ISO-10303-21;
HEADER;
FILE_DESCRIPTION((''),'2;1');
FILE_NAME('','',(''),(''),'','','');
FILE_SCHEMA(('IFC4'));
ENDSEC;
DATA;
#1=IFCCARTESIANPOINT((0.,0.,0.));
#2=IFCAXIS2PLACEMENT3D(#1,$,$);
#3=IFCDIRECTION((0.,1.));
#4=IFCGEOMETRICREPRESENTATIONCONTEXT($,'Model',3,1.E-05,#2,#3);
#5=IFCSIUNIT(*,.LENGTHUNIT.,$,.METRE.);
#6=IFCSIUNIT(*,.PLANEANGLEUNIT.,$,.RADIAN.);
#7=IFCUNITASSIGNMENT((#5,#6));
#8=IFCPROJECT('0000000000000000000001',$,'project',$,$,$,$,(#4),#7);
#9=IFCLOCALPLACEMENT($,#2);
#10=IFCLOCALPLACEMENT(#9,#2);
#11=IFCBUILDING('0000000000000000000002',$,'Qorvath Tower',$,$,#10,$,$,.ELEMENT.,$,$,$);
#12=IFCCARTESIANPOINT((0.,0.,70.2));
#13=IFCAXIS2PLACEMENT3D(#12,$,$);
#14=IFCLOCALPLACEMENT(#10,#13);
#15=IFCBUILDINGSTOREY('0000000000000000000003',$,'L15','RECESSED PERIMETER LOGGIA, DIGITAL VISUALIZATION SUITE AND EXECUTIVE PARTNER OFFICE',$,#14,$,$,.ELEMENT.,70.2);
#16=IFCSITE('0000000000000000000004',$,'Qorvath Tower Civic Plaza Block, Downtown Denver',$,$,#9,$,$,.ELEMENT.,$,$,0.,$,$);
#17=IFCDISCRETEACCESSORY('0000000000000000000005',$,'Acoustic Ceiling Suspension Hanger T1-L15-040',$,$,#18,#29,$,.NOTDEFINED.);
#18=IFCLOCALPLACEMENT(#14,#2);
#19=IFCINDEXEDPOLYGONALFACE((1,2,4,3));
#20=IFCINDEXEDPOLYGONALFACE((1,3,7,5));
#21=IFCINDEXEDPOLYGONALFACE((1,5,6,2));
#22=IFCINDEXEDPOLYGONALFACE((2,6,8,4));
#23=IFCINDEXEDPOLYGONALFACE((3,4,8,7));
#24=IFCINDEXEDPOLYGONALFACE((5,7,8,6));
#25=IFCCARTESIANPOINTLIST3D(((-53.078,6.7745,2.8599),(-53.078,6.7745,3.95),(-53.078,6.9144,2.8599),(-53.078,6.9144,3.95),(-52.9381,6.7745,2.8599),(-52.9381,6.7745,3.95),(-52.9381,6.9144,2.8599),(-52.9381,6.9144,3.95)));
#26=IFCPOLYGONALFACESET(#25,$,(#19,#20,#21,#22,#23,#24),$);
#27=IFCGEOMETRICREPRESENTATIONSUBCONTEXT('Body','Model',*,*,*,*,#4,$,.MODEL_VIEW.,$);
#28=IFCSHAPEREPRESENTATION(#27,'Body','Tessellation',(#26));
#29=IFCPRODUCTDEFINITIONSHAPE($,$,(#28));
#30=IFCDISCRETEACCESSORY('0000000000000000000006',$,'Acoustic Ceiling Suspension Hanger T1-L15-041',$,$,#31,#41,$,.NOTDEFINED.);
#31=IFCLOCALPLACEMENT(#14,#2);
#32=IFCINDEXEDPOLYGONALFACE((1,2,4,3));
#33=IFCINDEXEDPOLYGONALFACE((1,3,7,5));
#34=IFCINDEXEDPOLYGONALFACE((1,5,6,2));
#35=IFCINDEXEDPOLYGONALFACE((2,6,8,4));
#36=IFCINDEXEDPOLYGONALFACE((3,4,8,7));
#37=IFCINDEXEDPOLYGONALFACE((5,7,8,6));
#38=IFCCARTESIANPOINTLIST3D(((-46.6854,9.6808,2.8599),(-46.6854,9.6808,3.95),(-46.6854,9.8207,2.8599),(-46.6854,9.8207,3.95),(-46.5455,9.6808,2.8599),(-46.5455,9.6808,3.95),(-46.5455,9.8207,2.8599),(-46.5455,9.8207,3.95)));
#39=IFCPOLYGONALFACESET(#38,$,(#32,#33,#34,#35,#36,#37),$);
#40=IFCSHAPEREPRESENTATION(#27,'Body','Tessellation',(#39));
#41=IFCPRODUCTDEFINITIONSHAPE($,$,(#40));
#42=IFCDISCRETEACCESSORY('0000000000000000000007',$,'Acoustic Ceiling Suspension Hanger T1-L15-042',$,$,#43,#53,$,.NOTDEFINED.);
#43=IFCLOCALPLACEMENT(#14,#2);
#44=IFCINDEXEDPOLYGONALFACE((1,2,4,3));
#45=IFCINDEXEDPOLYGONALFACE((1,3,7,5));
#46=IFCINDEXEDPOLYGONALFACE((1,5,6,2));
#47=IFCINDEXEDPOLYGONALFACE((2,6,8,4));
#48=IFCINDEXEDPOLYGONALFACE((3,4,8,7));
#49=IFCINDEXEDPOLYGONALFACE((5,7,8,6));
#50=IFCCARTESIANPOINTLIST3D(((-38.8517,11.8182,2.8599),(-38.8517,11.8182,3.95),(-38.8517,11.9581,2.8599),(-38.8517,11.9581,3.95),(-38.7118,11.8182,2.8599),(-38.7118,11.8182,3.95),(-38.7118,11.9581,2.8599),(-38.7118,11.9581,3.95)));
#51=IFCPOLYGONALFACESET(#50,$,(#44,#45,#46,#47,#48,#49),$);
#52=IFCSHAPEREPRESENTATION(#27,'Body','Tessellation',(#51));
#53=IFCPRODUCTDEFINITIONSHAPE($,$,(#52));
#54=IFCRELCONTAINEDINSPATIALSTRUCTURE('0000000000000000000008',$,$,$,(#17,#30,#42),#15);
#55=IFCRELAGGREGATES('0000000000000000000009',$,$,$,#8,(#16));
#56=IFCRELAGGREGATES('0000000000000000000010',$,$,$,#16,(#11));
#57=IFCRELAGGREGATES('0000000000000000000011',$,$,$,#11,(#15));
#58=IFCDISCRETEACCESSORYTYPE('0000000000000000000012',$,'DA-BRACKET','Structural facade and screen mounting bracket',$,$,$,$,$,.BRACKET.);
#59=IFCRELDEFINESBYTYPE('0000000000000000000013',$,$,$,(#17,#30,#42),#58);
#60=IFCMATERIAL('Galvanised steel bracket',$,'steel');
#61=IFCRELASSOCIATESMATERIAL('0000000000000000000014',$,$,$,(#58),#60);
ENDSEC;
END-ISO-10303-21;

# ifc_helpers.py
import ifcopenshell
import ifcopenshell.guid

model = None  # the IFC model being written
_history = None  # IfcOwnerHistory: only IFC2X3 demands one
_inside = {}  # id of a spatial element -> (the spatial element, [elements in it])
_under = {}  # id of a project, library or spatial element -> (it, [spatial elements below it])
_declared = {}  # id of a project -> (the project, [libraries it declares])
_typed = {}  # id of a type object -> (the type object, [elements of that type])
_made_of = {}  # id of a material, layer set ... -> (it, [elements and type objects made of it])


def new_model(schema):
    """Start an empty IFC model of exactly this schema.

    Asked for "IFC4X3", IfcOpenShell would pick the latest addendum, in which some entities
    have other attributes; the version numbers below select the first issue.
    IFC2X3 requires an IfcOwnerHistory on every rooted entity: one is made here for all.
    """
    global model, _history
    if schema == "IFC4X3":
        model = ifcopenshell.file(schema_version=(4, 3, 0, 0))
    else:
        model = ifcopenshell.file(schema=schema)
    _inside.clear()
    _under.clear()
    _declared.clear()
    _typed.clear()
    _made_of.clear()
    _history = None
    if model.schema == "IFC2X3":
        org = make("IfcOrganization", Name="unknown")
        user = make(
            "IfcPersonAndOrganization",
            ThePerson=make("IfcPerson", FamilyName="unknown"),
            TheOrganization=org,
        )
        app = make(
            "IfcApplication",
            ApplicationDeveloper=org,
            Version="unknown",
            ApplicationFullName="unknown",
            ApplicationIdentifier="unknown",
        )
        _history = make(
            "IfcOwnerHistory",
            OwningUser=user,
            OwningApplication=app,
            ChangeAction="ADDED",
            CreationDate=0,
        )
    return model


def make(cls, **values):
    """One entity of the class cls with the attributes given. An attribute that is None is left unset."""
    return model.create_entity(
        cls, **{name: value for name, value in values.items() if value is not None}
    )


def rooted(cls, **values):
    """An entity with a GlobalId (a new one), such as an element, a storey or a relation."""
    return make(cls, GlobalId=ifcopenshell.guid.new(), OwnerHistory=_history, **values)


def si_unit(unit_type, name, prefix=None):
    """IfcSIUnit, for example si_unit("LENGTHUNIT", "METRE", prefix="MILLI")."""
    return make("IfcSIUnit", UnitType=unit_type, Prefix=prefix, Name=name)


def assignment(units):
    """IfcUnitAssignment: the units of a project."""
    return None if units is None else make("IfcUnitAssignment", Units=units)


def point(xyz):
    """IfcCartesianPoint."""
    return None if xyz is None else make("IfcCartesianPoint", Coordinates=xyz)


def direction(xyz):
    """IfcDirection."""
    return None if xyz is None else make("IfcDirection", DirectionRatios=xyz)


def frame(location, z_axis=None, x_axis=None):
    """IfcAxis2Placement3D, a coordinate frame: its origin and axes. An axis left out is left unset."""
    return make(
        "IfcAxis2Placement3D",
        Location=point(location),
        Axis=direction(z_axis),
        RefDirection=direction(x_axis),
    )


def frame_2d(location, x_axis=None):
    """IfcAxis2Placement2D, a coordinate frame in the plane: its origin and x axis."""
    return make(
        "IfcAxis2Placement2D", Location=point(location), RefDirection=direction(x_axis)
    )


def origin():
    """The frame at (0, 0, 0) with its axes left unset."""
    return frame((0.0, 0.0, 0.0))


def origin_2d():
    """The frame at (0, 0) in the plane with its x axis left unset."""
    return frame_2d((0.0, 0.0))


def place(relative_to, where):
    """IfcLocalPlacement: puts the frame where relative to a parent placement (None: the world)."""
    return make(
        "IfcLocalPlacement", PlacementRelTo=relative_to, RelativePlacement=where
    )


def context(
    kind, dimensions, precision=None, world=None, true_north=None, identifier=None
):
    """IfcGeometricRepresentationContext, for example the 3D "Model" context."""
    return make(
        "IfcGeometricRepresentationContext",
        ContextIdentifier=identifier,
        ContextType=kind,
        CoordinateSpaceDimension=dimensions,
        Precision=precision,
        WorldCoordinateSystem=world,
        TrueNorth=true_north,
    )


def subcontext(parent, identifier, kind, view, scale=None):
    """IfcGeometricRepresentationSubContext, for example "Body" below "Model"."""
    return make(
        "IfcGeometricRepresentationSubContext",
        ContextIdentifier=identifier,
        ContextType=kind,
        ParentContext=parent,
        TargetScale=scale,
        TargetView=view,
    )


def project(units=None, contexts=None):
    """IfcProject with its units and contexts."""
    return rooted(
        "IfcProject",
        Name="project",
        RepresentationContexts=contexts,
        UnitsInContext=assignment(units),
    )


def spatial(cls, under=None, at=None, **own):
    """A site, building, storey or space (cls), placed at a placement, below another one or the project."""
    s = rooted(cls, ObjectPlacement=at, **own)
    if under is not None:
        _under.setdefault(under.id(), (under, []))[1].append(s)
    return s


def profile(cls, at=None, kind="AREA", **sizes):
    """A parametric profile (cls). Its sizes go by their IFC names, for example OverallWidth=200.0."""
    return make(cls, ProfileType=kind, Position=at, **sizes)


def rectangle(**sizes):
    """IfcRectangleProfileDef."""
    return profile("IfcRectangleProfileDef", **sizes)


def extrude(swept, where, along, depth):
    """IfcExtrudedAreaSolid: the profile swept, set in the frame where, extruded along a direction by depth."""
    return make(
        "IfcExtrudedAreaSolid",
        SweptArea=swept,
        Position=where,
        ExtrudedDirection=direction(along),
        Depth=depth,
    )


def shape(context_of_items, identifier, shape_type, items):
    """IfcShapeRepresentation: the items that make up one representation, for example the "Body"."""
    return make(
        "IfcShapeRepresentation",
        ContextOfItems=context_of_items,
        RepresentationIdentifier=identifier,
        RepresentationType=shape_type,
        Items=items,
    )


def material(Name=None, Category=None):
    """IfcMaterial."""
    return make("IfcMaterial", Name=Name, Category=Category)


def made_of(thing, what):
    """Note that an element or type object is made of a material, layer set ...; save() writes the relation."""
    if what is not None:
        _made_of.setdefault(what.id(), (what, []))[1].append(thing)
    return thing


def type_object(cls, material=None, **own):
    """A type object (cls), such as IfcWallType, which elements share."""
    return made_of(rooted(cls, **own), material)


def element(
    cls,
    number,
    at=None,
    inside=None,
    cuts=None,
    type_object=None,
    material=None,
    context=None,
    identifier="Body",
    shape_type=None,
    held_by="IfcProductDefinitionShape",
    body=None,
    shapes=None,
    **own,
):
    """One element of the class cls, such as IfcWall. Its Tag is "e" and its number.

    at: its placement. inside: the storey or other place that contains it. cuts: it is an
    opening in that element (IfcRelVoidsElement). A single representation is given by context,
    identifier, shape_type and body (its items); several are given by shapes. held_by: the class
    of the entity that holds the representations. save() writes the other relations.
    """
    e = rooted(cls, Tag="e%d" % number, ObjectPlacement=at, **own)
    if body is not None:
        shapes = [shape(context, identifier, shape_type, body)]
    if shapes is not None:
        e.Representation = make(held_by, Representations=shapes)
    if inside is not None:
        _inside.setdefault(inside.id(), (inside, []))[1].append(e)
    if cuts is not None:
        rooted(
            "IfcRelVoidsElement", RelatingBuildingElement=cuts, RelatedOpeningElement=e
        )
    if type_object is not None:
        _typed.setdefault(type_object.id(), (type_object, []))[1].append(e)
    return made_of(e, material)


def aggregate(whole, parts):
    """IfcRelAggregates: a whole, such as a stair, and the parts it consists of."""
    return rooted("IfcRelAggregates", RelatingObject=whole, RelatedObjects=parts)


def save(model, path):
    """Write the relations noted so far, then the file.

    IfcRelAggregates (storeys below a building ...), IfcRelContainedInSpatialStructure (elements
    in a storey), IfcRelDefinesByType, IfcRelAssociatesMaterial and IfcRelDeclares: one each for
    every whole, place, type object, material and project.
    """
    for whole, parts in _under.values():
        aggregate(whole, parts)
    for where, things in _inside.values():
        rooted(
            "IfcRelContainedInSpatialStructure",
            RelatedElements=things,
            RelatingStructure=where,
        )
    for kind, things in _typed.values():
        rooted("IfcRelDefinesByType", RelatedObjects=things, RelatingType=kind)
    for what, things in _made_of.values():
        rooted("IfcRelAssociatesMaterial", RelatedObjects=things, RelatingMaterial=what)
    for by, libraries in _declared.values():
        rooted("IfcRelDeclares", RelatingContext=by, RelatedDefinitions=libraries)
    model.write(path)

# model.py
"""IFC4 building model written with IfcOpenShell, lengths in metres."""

from ifc_helpers import new_model, si_unit, direction, frame, origin, origin_2d, place, context, subcontext, project, spatial, rectangle, extrude, material, type_object, element, save


model = new_model("IFC4")

# Units and contexts
model_context = context("Model", 3, precision=1e-05, world=origin(), true_north=direction((0.0, 1.0)))
body_context = subcontext(model_context, "Body", "Model", "MODEL_VIEW")
ifc_project = project(units=[si_unit("LENGTHUNIT", "METRE"), si_unit("PLANEANGLEUNIT", "RADIAN")], contexts=[model_context])

# Site, building, storey
site_placement = place(None, origin())
site = spatial("IfcSite", under=ifc_project, at=site_placement, Name="Qorvath Tower Civic Plaza Block, Downtown Denver", CompositionType="ELEMENT", RefElevation=0.0)
building_placement = place(site_placement, origin())
building = spatial("IfcBuilding", under=site, at=building_placement, Name="Qorvath Tower", CompositionType="ELEMENT")
storey_placement = place(building_placement, frame((0.0, 0.0, 70.2)))
storey = spatial("IfcBuildingStorey", under=building, at=storey_placement, Name="L15", Description="RECESSED PERIMETER LOGGIA, DIGITAL VISUALIZATION SUITE AND EXECUTIVE PARTNER OFFICE", CompositionType="ELEMENT", Elevation=70.2)

# Discrete accessories
ifc_material_1 = material(Name="Galvanised steel bracket", Category="steel")
discrete_accessory_type = type_object("IfcDiscreteAccessoryType", Name="DA-BRACKET", Description="Structural facade and screen mounting bracket", PredefinedType="BRACKET", material=ifc_material_1)
for number, where, z_axis, x_axis, name in (
    (1, (-53.0081, 6.8445, 2.8599), (0.0, 0.0, 1.0), (1.0, 0.0, 0.0), "Acoustic Ceiling Suspension Hanger T1-L15-040"),
    (2, (-46.6155, 9.7507, 2.8599), (0.0, 0.0, 1.0), (1.0, 0.0, 0.0), "Acoustic Ceiling Suspension Hanger T1-L15-041"),
    (3, (-38.7817, 11.8882, 2.8599), (0.0, 0.0, 1.0), (1.0, 0.0, 0.0), "Acoustic Ceiling Suspension Hanger T1-L15-042"),
):
    element("IfcDiscreteAccessory", number, at=place(storey_placement, frame(where, z_axis=z_axis, x_axis=x_axis)), inside=storey, type_object=discrete_accessory_type, Name=name, PredefinedType="NOTDEFINED", context=body_context, shape_type="SweptSolid", body=[
        extrude(rectangle(XDim=0.1399, YDim=0.1399, at=origin_2d()), origin(), (0.0, 0.0, 1.0), 1.0901),
    ])

save(model, "model.ifc")
